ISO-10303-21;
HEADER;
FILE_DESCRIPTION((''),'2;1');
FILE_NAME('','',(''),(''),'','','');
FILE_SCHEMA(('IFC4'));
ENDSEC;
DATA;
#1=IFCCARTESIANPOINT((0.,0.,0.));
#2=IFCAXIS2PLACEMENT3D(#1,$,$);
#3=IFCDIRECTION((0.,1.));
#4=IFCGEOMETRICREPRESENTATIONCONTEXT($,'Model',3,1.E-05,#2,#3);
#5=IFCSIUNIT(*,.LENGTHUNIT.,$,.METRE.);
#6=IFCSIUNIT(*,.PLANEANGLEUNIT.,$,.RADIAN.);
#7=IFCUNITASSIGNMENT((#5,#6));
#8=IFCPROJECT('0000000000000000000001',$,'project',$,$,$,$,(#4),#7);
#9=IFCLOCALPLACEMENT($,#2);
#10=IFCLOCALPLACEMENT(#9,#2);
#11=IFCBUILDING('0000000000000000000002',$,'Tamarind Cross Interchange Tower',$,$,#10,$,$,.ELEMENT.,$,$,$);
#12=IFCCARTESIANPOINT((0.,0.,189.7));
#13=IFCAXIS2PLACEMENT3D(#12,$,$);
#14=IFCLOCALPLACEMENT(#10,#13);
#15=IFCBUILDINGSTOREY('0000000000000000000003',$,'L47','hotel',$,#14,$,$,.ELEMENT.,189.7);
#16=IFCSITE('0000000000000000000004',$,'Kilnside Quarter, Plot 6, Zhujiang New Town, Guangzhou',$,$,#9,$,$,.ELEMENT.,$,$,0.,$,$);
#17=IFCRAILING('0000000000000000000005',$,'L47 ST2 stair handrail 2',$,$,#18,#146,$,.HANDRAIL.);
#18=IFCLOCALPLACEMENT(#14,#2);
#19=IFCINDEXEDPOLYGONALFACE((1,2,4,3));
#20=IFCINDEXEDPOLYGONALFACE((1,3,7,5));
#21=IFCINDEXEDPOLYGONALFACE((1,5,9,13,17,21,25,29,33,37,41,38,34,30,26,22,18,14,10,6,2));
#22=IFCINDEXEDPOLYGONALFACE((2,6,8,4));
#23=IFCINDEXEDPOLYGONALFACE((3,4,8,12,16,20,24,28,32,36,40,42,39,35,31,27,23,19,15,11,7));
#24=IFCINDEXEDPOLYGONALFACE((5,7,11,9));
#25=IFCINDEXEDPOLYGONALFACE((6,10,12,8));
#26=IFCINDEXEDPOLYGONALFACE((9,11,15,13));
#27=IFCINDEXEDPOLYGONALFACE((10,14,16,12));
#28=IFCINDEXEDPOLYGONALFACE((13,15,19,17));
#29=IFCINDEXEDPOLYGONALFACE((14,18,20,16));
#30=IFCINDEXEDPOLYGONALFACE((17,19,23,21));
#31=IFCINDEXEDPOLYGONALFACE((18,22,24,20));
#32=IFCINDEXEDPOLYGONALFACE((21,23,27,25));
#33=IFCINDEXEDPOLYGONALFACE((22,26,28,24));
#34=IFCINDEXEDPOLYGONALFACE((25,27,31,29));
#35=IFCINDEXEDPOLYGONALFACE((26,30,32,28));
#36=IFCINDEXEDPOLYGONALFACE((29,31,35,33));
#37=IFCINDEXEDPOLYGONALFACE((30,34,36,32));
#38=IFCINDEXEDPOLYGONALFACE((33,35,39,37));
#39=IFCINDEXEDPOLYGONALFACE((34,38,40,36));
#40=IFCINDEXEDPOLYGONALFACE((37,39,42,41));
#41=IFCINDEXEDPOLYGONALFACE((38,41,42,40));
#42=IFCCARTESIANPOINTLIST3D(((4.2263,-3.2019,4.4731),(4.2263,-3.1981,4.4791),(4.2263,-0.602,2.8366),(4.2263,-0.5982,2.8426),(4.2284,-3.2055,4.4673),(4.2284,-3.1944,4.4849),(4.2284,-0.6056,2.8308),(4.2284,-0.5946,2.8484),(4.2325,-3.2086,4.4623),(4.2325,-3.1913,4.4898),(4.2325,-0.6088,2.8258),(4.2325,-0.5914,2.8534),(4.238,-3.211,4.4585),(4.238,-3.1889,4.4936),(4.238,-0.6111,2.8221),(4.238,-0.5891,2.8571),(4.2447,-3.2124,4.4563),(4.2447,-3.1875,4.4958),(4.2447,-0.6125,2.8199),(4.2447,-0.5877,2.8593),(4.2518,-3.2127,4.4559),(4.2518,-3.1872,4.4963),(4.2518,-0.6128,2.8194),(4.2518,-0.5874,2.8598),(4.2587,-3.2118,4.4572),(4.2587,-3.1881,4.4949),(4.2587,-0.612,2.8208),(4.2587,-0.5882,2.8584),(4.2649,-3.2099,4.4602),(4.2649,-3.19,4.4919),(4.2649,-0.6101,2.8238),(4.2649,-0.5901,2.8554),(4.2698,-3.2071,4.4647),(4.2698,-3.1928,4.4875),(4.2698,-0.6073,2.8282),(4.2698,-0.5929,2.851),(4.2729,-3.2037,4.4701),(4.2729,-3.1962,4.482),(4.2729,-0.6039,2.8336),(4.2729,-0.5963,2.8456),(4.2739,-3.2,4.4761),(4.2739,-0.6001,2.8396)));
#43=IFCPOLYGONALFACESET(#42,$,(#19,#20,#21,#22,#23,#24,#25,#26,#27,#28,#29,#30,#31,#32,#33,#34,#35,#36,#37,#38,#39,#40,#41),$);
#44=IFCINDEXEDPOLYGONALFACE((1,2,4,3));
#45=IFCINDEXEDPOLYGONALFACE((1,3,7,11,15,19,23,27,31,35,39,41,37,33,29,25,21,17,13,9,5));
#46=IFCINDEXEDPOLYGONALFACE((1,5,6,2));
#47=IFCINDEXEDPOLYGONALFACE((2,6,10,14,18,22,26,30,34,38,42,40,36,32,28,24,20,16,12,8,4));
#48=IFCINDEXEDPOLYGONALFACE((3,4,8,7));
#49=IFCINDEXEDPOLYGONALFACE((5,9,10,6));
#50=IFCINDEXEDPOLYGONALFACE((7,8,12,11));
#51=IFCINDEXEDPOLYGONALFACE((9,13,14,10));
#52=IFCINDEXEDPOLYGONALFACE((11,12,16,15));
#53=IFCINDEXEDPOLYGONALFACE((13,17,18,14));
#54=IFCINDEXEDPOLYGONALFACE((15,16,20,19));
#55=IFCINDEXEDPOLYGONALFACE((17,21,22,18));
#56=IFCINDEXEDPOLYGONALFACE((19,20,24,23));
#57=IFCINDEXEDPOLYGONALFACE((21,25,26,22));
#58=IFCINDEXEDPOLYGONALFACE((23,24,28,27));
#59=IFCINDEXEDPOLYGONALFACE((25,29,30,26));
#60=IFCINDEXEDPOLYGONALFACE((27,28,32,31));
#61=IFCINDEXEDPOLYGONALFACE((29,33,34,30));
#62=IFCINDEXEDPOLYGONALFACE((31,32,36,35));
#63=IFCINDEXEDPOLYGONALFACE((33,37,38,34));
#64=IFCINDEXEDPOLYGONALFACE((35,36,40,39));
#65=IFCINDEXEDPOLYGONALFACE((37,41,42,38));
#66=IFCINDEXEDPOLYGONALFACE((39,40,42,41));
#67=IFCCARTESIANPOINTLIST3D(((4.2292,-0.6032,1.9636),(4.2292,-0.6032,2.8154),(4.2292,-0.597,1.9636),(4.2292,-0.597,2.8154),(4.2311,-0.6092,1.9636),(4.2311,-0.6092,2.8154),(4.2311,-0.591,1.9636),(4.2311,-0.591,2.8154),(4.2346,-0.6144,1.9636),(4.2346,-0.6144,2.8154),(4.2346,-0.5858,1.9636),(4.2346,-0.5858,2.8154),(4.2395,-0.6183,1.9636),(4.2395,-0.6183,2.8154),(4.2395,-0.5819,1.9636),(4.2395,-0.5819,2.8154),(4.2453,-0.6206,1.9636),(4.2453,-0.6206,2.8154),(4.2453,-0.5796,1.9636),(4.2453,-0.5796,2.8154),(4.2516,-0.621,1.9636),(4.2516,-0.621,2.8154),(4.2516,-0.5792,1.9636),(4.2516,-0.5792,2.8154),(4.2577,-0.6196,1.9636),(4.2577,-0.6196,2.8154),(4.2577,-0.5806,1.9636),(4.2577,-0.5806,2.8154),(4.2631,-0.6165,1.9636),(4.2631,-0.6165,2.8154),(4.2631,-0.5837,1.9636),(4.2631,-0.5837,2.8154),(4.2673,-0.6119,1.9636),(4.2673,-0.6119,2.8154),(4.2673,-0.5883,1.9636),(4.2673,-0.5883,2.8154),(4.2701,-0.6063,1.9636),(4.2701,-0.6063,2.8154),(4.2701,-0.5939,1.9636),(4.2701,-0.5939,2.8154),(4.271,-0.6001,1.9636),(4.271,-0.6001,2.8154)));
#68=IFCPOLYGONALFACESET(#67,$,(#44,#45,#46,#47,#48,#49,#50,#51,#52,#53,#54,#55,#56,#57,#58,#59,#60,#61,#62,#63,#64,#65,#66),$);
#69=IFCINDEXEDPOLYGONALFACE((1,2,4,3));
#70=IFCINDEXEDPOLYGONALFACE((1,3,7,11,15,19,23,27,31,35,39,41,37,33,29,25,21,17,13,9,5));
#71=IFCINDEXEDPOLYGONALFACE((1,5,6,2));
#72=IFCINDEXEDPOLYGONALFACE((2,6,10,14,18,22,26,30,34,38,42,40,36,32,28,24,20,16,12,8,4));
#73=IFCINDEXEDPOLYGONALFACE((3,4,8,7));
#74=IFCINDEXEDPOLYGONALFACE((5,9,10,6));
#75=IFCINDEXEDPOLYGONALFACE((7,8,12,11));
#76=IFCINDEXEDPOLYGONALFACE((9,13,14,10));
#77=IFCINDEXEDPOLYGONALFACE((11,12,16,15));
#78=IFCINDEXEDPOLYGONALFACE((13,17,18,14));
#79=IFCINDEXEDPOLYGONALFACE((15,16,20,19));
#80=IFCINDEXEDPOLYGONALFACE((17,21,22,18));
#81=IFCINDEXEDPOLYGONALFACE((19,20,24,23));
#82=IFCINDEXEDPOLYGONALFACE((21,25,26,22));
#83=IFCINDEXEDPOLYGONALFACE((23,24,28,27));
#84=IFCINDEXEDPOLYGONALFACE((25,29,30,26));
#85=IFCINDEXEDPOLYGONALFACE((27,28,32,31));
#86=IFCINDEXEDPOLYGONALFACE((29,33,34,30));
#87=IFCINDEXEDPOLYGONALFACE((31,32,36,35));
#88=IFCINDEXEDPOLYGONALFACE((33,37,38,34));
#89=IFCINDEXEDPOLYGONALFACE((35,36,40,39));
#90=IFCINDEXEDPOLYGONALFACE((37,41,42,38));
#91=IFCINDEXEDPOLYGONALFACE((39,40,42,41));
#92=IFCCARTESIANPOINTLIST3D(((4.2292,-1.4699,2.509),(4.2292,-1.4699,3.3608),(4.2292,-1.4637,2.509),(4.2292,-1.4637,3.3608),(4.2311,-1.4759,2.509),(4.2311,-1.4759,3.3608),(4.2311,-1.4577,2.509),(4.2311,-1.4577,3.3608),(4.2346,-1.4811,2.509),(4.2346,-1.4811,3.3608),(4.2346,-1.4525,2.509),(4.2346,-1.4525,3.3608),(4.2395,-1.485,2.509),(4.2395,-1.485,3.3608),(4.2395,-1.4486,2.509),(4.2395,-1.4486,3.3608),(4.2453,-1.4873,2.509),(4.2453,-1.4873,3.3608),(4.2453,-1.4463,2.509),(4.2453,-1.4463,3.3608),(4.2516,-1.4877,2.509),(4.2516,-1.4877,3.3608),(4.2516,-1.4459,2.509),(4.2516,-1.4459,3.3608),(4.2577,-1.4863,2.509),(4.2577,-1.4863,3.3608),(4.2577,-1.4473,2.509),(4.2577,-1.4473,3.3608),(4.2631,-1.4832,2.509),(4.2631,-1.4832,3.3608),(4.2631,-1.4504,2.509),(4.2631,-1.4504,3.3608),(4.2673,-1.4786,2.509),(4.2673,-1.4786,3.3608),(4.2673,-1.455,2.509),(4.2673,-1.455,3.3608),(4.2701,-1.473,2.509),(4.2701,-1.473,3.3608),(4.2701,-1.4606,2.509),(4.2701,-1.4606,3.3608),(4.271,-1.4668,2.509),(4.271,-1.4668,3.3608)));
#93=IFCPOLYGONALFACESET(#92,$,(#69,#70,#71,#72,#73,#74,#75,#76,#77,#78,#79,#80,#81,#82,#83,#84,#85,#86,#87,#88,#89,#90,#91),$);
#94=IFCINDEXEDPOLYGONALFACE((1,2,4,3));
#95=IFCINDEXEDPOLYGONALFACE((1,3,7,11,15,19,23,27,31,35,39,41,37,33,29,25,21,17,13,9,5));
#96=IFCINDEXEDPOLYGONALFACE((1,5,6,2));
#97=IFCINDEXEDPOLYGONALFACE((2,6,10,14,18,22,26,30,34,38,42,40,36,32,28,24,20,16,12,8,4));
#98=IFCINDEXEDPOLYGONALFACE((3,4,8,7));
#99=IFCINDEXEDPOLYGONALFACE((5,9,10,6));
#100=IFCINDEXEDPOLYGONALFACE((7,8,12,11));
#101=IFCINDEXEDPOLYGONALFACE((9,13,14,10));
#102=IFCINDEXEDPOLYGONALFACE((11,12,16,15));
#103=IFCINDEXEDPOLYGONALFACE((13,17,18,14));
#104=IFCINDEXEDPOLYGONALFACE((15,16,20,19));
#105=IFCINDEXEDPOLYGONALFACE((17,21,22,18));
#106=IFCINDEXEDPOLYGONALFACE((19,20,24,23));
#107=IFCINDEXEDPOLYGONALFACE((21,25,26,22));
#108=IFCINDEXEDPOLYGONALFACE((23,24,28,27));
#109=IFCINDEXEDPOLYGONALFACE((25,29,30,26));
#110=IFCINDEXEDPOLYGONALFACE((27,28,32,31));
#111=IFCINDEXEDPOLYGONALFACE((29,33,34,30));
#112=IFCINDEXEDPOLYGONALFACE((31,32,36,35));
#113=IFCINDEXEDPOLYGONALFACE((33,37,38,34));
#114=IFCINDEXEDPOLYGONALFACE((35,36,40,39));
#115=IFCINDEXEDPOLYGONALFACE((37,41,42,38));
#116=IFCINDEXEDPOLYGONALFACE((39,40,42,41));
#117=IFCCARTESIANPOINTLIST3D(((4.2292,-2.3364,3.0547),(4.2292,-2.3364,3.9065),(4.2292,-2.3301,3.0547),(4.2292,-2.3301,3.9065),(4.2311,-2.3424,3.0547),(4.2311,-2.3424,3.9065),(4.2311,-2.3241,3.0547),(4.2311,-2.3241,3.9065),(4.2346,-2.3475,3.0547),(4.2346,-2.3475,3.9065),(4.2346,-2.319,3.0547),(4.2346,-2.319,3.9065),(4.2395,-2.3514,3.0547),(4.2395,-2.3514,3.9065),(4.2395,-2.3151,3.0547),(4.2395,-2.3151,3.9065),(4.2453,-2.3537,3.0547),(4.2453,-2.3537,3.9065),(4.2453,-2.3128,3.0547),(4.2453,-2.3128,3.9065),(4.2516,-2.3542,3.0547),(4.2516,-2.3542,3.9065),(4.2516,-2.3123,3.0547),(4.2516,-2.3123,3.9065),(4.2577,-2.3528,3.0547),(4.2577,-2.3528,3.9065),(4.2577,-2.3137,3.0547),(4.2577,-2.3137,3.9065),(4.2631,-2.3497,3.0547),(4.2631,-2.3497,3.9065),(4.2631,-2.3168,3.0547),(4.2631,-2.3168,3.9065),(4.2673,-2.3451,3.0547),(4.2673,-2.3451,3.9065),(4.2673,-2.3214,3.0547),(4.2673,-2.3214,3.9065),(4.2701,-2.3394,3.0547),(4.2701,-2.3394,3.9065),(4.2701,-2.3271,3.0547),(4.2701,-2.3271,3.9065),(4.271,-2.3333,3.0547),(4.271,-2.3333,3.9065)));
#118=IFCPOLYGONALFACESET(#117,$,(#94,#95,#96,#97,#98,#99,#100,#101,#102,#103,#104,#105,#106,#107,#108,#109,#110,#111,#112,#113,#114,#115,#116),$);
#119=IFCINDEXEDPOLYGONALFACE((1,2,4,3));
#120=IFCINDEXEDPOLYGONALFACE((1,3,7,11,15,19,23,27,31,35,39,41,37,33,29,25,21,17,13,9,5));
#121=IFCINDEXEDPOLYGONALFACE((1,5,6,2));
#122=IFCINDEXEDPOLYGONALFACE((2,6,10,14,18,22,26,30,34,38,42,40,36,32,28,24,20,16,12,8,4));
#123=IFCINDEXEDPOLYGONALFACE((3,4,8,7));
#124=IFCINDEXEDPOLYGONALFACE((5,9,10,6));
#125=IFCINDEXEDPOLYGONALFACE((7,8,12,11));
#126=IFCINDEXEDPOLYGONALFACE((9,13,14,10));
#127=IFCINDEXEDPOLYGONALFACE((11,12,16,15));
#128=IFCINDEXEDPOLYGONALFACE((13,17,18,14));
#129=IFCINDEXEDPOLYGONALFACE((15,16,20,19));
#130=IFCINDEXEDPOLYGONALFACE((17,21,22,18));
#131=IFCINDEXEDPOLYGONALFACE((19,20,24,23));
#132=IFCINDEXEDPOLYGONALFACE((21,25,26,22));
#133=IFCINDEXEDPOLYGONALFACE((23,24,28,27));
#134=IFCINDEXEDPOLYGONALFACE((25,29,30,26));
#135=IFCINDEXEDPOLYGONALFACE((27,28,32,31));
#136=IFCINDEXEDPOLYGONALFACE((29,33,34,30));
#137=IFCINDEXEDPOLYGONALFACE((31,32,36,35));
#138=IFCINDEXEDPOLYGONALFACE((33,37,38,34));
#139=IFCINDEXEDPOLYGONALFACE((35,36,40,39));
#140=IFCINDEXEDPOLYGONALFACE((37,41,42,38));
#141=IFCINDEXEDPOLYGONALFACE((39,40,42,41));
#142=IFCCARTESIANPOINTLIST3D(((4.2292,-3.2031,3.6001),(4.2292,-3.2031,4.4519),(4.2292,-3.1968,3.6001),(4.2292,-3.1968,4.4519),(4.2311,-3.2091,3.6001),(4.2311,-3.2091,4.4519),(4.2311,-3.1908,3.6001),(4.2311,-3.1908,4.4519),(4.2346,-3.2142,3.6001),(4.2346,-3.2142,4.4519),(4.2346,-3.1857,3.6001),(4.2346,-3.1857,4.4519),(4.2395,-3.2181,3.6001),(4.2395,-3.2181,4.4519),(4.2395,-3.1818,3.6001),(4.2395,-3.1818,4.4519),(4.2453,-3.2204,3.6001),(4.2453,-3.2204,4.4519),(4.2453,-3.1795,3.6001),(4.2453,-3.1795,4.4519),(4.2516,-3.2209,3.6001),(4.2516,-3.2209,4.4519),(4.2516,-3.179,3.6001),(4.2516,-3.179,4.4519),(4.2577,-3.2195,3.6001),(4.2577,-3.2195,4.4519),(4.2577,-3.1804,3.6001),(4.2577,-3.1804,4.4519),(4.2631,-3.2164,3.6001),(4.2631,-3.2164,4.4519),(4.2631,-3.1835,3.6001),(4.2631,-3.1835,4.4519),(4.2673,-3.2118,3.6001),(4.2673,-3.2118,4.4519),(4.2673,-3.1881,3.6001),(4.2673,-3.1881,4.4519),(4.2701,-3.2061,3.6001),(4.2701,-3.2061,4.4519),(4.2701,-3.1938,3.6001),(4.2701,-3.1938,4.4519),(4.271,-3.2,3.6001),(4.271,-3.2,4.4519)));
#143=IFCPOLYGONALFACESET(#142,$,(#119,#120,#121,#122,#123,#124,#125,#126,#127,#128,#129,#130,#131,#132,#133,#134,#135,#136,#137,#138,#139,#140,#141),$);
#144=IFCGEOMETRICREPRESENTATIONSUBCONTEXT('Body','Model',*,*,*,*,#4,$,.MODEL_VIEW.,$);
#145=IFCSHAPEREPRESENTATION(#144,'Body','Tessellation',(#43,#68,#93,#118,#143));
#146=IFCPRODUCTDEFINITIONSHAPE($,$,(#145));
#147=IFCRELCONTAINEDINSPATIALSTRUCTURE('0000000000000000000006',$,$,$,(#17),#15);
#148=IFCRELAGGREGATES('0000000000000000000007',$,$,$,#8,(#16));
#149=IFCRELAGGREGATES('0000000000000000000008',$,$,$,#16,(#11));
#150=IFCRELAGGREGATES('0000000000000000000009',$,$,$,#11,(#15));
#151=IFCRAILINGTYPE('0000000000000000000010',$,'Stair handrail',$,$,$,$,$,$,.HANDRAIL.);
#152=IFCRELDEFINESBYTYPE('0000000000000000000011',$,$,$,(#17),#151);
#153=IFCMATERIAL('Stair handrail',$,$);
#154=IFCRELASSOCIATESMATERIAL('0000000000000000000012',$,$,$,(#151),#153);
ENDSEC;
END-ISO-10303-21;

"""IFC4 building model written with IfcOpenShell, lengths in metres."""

from ifc_helpers import new_model, si_unit, direction, frame, origin, origin_2d, place, context, subcontext, project, spatial, circle, extrude, material, type_object, element, save


model = new_model("IFC4")

# Units and contexts
model_context = context("Model", 3, precision=1e-05, world=origin(), true_north=direction((0.0, 1.0)))
body_context = subcontext(model_context, "Body", "Model", "MODEL_VIEW")
ifc_project = project(units=[si_unit("LENGTHUNIT", "METRE"), si_unit("PLANEANGLEUNIT", "RADIAN")], contexts=[model_context])

# Site, building, storey
site_placement = place(None, origin())
site = spatial("IfcSite", under=ifc_project, at=site_placement, Name="Kilnside Quarter, Plot 6, Zhujiang New Town, Guangzhou", CompositionType="ELEMENT", RefElevation=0.0)
building_placement = place(site_placement, origin())
building = spatial("IfcBuilding", under=site, at=building_placement, Name="Tamarind Cross Interchange Tower", CompositionType="ELEMENT")
storey_placement = place(building_placement, frame((0.0, 0.0, 189.7)))
storey = spatial("IfcBuildingStorey", under=building, at=storey_placement, Name="L47", Description="hotel", CompositionType="ELEMENT", Elevation=189.7)

# Railing
ifc_material_1 = material(Name="Stair handrail")
railing_type_1 = type_object("IfcRailingType", Name="Stair handrail", PredefinedType="HANDRAIL", material=ifc_material_1)
railing_1_placement = place(storey_placement, frame((4.25, -0.6001, 1.9636)))
element("IfcRailing", 1, at=railing_1_placement, inside=storey, type_object=railing_type_1, Name="L47 ST2 stair handrail 2", PredefinedType="HANDRAIL", context=body_context, shape_type="SweptSolid", body=[
    extrude(circle(Radius=0.0239, at=origin_2d()), frame((0.0, 0.0, 0.876), z_axis=(0.0, -0.846302, 0.532704), x_axis=(1.0, 0.0, 0.0)), (0.0, 0.0, 1.0), 3.072),
    extrude(circle(Radius=0.021, at=origin_2d()), origin(), (0.0, 0.0, 1.0), 0.8518),
    extrude(circle(Radius=0.021, at=origin_2d()), frame((0.0, -0.8667, 0.5454)), (0.0, 0.0, 1.0), 0.8518),
    extrude(circle(Radius=0.021, at=origin_2d()), frame((0.0, -1.7332, 1.0911)), (0.0, 0.0, 1.0), 0.8518),
    extrude(circle(Radius=0.021, at=origin_2d()), frame((0.0, -2.5999, 1.6365)), (0.0, 0.0, 1.0), 0.8518),
])

save(model, "model.ifc")
